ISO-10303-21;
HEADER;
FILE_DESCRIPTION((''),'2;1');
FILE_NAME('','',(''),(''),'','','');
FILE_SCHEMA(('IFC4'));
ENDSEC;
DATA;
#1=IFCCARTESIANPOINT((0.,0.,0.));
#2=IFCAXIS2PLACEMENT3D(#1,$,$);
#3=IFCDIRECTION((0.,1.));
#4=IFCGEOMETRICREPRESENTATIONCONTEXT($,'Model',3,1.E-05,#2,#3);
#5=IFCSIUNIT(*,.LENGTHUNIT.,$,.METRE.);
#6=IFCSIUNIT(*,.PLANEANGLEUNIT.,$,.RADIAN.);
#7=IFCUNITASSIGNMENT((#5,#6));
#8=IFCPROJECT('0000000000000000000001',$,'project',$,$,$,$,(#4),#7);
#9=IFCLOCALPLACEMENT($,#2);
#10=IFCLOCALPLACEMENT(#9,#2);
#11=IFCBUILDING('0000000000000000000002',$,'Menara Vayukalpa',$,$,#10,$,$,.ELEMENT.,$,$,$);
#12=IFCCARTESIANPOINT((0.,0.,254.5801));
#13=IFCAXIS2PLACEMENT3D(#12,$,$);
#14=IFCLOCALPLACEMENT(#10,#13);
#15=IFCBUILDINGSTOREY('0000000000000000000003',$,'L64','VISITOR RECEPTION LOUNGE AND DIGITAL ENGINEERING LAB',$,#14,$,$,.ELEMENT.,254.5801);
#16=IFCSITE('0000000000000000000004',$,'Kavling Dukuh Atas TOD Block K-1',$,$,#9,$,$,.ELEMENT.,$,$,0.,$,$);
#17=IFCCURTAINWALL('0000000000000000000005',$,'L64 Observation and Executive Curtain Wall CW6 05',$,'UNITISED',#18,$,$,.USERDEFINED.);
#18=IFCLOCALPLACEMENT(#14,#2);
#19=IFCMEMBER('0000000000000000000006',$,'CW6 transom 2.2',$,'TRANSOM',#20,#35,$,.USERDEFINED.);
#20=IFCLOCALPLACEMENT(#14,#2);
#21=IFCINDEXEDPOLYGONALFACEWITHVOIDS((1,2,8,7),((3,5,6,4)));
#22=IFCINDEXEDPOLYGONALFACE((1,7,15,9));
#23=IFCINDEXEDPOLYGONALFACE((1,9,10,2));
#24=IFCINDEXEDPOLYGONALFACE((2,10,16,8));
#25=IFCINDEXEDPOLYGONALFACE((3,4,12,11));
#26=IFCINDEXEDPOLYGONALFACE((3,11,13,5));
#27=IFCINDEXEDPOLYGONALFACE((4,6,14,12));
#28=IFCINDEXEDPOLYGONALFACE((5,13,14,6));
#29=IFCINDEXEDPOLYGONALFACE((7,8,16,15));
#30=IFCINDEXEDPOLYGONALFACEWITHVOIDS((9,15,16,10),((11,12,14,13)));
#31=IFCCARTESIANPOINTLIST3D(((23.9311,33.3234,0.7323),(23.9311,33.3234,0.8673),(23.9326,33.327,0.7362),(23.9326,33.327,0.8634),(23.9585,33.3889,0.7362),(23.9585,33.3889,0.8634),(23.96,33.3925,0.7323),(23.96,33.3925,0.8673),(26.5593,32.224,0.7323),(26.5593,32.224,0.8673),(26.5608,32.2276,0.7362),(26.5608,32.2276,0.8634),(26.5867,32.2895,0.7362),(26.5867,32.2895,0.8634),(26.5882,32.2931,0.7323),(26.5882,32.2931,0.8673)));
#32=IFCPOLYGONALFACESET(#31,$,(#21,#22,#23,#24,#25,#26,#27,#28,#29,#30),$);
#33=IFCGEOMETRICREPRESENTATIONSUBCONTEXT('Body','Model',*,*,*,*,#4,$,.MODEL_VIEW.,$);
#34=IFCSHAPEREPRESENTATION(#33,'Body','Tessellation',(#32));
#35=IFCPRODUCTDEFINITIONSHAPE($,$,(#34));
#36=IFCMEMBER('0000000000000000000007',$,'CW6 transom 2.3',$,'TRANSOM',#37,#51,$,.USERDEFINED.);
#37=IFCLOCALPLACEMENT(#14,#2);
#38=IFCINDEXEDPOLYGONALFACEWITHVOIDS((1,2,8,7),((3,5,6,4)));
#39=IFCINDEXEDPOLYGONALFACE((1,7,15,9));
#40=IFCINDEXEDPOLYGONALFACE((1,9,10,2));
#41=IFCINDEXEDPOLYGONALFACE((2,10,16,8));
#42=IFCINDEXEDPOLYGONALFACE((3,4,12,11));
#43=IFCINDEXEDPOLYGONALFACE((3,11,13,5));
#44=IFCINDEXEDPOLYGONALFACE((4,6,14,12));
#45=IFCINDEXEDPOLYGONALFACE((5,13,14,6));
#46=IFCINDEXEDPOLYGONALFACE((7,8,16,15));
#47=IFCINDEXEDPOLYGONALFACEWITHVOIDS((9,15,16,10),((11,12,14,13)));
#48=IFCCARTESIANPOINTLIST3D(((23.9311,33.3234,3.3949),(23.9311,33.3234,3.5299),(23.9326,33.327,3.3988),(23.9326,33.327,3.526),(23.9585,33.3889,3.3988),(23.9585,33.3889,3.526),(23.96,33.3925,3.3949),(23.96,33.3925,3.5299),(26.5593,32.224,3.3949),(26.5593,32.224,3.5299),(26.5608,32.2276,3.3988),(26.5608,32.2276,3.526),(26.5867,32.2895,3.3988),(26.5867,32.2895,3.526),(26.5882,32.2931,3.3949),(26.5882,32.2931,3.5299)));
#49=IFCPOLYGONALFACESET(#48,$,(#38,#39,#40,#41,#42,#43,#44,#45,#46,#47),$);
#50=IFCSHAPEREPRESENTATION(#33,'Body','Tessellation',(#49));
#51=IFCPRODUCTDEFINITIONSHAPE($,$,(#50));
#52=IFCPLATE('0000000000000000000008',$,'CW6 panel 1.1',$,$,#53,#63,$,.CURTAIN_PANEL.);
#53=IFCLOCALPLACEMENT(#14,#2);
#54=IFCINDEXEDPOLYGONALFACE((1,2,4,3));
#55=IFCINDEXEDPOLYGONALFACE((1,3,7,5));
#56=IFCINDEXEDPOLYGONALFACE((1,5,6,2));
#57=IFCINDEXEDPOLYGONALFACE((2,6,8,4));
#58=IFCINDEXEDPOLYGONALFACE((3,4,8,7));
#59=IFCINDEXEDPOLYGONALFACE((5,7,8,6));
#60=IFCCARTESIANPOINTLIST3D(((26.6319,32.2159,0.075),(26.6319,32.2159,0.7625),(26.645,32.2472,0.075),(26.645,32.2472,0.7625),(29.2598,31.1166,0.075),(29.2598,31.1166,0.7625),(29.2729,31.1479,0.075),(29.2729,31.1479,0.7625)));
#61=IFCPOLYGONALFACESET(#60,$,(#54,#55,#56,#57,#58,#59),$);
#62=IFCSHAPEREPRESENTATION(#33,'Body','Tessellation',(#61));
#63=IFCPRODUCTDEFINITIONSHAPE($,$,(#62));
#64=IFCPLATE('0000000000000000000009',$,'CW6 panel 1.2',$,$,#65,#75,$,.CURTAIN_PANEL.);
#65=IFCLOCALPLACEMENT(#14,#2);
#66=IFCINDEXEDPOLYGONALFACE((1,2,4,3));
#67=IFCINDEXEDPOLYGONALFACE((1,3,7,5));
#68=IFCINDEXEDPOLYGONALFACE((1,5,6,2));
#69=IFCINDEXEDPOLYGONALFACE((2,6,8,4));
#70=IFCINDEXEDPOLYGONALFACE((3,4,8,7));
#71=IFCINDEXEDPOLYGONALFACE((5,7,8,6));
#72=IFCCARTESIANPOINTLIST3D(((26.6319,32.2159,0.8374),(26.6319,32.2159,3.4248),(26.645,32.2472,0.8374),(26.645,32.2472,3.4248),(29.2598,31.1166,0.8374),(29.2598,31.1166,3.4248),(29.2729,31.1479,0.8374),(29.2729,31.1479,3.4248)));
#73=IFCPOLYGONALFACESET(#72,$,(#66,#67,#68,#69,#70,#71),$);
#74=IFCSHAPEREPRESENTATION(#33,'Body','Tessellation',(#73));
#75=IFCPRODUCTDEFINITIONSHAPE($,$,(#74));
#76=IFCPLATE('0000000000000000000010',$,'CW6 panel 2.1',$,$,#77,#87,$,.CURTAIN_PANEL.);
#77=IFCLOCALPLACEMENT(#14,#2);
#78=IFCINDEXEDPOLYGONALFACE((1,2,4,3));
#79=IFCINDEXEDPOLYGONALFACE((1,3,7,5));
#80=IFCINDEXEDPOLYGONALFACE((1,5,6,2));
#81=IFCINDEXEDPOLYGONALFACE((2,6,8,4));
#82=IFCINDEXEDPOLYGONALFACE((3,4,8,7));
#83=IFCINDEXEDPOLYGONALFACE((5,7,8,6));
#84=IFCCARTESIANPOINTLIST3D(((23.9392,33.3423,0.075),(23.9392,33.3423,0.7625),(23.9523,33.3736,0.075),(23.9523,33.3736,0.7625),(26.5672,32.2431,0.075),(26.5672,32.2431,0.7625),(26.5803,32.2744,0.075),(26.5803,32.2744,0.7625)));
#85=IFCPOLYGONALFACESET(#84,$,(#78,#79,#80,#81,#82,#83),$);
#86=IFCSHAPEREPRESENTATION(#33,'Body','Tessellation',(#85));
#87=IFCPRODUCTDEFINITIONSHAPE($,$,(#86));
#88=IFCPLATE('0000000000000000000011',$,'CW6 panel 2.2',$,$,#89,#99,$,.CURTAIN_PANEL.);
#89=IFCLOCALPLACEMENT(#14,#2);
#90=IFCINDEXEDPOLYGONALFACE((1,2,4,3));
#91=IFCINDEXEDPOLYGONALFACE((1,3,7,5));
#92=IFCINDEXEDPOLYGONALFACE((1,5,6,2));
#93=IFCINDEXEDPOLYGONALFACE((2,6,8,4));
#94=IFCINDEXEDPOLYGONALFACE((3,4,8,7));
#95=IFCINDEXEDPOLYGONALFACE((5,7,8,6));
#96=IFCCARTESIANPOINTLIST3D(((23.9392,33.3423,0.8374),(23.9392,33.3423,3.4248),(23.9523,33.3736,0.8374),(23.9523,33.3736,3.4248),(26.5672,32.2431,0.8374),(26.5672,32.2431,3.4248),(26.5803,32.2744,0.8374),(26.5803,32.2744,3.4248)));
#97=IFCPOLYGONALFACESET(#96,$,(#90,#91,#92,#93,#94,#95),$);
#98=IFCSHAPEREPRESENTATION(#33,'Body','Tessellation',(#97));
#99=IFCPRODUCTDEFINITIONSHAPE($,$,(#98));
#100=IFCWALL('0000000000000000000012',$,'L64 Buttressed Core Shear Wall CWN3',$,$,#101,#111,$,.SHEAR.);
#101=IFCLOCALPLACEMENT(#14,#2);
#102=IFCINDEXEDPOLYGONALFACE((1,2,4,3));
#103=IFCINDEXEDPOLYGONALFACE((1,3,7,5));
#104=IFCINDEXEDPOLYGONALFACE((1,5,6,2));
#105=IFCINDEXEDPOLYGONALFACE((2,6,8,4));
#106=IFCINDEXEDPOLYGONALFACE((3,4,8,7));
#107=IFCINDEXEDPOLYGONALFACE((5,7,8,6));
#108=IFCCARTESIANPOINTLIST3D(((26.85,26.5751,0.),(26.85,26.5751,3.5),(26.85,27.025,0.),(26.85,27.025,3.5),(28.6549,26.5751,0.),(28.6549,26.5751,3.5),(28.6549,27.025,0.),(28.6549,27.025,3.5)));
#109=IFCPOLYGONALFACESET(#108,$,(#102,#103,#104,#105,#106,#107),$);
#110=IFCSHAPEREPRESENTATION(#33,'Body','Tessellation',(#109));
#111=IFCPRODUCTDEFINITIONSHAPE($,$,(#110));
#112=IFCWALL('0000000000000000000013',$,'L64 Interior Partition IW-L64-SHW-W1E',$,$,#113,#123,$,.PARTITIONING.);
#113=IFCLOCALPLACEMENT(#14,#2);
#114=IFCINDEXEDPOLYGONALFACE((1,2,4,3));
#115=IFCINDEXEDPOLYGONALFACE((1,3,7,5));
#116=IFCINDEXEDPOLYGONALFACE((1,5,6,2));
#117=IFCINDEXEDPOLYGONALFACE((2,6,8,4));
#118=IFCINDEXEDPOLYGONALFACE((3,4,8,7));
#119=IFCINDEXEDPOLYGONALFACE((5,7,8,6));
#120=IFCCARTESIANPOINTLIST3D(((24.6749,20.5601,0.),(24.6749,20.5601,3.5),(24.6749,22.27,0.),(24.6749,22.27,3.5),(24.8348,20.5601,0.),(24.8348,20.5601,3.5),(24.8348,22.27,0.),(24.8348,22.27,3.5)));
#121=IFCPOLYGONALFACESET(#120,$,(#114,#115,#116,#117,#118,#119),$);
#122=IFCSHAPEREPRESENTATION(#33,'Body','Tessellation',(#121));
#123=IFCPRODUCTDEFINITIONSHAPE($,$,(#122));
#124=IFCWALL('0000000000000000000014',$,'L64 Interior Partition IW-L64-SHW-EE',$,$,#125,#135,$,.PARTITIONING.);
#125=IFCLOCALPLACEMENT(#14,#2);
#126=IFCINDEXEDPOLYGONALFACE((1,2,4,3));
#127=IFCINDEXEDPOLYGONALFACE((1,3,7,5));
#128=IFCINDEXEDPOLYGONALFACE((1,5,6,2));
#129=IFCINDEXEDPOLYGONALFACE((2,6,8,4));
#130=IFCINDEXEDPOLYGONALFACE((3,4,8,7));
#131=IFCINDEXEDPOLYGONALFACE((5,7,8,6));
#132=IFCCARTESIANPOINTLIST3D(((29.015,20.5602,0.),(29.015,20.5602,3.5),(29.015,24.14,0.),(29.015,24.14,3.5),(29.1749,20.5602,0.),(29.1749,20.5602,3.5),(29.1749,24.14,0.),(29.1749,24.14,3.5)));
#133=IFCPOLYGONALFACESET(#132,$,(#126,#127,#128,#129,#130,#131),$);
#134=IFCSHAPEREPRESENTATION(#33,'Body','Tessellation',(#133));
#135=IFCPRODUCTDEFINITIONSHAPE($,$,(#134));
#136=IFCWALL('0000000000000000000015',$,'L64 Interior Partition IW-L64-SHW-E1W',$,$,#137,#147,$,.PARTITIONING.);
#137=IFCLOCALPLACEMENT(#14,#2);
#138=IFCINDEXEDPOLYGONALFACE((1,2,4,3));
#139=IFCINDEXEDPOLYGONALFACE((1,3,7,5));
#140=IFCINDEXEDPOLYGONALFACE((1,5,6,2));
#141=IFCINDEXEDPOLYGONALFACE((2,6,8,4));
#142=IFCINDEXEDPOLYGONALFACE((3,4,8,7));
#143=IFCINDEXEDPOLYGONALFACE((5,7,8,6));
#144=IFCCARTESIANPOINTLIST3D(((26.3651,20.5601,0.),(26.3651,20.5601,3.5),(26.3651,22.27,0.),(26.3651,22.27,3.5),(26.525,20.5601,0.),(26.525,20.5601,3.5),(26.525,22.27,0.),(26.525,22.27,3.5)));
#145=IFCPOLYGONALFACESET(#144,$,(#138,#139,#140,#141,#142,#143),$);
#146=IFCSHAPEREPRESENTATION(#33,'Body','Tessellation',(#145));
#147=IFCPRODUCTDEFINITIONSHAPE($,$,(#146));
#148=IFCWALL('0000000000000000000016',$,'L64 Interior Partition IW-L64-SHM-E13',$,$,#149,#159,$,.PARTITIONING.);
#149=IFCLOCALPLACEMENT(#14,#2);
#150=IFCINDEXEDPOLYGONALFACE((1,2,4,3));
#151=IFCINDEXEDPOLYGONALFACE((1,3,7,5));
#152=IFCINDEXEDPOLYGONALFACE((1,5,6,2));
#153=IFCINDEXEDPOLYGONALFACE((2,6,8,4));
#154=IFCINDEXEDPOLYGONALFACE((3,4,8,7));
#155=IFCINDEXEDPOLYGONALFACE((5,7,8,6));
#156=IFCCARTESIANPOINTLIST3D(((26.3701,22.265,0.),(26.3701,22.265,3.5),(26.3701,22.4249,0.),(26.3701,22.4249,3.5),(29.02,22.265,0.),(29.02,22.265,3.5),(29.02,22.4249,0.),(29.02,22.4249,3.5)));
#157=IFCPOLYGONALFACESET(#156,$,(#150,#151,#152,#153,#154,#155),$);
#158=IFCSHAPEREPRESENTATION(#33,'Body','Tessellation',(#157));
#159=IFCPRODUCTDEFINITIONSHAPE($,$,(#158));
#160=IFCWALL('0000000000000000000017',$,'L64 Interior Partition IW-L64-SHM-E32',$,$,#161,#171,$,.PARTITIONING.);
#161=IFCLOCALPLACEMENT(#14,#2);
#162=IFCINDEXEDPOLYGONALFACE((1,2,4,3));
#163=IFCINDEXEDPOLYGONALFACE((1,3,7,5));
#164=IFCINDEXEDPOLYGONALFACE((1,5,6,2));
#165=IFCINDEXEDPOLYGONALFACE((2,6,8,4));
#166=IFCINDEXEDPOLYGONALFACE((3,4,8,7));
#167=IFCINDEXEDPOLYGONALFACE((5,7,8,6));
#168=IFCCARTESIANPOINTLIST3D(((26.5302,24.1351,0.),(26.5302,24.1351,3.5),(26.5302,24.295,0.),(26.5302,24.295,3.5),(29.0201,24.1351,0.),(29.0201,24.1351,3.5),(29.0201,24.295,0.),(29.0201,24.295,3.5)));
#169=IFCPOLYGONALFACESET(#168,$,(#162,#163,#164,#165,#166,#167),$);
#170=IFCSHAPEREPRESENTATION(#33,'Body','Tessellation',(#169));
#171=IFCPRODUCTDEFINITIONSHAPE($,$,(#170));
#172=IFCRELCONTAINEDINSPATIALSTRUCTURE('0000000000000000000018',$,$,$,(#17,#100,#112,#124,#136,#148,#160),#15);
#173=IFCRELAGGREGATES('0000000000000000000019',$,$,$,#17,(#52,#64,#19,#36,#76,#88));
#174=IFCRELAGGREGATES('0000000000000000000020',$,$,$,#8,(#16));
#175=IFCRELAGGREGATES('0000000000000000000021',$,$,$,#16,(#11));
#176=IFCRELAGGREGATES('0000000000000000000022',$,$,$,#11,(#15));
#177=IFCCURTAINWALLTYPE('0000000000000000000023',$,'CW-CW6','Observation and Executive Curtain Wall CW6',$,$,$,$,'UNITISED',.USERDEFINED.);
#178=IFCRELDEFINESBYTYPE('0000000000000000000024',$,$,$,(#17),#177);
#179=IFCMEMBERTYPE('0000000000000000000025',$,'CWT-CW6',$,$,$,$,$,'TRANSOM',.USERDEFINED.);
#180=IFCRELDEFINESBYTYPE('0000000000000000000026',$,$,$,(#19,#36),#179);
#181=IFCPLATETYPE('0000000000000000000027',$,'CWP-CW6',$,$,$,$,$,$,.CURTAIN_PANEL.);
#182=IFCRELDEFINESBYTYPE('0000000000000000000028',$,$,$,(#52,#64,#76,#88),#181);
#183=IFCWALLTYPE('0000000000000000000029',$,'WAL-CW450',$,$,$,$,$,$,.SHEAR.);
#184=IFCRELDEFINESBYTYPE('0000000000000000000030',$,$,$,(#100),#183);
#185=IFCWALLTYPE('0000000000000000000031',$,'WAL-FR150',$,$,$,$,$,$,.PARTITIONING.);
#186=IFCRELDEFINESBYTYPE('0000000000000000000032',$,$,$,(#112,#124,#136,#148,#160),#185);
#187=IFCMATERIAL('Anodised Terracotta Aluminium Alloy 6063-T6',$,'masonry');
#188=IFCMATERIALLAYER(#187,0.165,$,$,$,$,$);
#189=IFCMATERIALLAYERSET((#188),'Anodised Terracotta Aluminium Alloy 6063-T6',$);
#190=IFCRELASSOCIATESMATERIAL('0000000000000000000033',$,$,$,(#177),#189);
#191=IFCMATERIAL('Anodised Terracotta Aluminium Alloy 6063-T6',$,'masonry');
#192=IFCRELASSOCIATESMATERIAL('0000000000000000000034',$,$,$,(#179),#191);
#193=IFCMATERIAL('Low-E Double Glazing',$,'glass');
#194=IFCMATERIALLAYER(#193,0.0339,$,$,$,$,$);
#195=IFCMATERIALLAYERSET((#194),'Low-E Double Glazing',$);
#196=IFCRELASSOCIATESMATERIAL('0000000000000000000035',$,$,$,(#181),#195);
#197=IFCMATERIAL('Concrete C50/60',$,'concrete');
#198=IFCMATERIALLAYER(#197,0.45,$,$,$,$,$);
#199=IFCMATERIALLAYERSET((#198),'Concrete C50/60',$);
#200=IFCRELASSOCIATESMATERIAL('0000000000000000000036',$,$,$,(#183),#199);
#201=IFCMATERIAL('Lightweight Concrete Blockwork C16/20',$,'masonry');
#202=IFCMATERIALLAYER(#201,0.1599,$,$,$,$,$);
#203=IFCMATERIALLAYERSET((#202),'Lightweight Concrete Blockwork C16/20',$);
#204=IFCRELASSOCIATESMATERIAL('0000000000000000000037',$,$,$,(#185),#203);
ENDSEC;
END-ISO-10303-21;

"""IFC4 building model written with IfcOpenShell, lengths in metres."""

from ifc_helpers import new_model, si_unit, direction, frame, frame_2d, origin, origin_2d, place, context, subcontext, project, spatial, rectangle, hollow_rectangle, extrude, material, layer, layer_set, material_profile, profile_set, type_object, element, aggregate, save


model = new_model("IFC4")

# Units and contexts
model_context = context("Model", 3, precision=1e-05, world=origin(), true_north=direction((0.0, 1.0)))
body_context = subcontext(model_context, "Body", "Model", "MODEL_VIEW")
ifc_project = project(units=[si_unit("LENGTHUNIT", "METRE"), si_unit("PLANEANGLEUNIT", "RADIAN")], contexts=[model_context])

# Site, building, storey
site_placement = place(None, origin())
site = spatial("IfcSite", under=ifc_project, at=site_placement, Name="Kavling Dukuh Atas TOD Block K-1", CompositionType="ELEMENT", RefElevation=0.0)
building_placement = place(site_placement, origin())
building = spatial("IfcBuilding", under=site, at=building_placement, Name="Menara Vayukalpa", CompositionType="ELEMENT")
storey_placement = place(building_placement, frame((0.0, 0.0, 254.5801)))
storey = spatial("IfcBuildingStorey", under=building, at=storey_placement, Name="L64", Description="VISITOR RECEPTION LOUNGE AND DIGITAL ENGINEERING LAB", CompositionType="ELEMENT", Elevation=254.5801)

# Curtain wall, members, plates
ifc_material_1 = material(Name="Anodised Terracotta Aluminium Alloy 6063-T6", Category="masonry")
ifc_layer_1 = layer(ifc_material_1, 0.165)
ifc_layer_set_1 = layer_set([ifc_layer_1], Name="Anodised Terracotta Aluminium Alloy 6063-T6")
curtain_wall_type = type_object("IfcCurtainWallType", Name="CW-CW6", Description="Observation and Executive Curtain Wall CW6", ElementType="UNITISED", PredefinedType="USERDEFINED", material=ifc_layer_set_1)
curtain_wall_placement = place(storey_placement, origin())
curtain_wall = element("IfcCurtainWall", 1, at=curtain_wall_placement, inside=storey, type_object=curtain_wall_type, Name="L64 Observation and Executive Curtain Wall CW6 05", ObjectType="UNITISED", PredefinedType="USERDEFINED")
ifc_material_2 = material(Name="Anodised Terracotta Aluminium Alloy 6063-T6", Category="masonry")
ifc_material_profile_1 = material_profile(ifc_material_2, hollow_rectangle(XDim=0.075, YDim=0.135, WallThickness=0.0039, at=origin_2d()), Name="ALU 75x135x4")
ifc_profile_set_1 = profile_set([ifc_material_profile_1], Name="Anodised Terracotta Aluminium Alloy 6063-T6")
member_type_1 = type_object("IfcMemberType", Name="CWT-CW6", ElementType="TRANSOM", PredefinedType="USERDEFINED", material=ifc_profile_set_1)
member_1_placement = place(storey_placement, frame((26.5737, 32.2585, 0.7998), z_axis=(-0.922541, 0.385899, 0.0), x_axis=(-0.385899, -0.922541, 0.0)))
member_1 = element("IfcMember", 2, at=member_1_placement, type_object=member_type_1, Name="CW6 transom 2.2", ObjectType="TRANSOM", PredefinedType="USERDEFINED", context=body_context, shape_type="SweptSolid", body=[
    extrude(hollow_rectangle(XDim=0.075, YDim=0.135, WallThickness=0.0039, at=origin_2d()), origin(), (0.0, 0.0, 1.0), 2.8489),
])
member_2_placement = place(storey_placement, frame((26.5737, 32.2585, 3.4624), z_axis=(-0.922541, 0.385899, 0.0), x_axis=(-0.385899, -0.922541, 0.0)))
member_2 = element("IfcMember", 3, at=member_2_placement, type_object=member_type_1, Name="CW6 transom 2.3", ObjectType="TRANSOM", PredefinedType="USERDEFINED", context=body_context, shape_type="SweptSolid", body=[
    extrude(hollow_rectangle(XDim=0.075, YDim=0.135, WallThickness=0.0039, at=origin_2d()), origin(), (0.0, 0.0, 1.0), 2.8489),
])
ifc_material_3 = material(Name="Low-E Double Glazing", Category="glass")
ifc_layer_2 = layer(ifc_material_3, 0.0339)
ifc_layer_set_2 = layer_set([ifc_layer_2], Name="Low-E Double Glazing")
plate_type = type_object("IfcPlateType", Name="CWP-CW6", PredefinedType="CURTAIN_PANEL", material=ifc_layer_set_2)
plate_1_placement = place(storey_placement, frame((27.9524, 31.6819, 0.075), z_axis=(0.0, 0.0, 1.0), x_axis=(-0.922541, 0.3859, 0.0)))
plate_1 = element("IfcPlate", 4, at=plate_1_placement, type_object=plate_type, Name="CW6 panel 1.1", PredefinedType="CURTAIN_PANEL", context=body_context, shape_type="SweptSolid", body=[
    extrude(rectangle(XDim=2.8486, YDim=0.0339, at=origin_2d()), origin(), (0.0, 0.0, 1.0), 0.6875),
])
plate_2_placement = place(storey_placement, frame((27.9524, 31.6819, 0.8374), z_axis=(0.0, 0.0, 1.0), x_axis=(-0.922541, 0.3859, 0.0)))
plate_2 = element("IfcPlate", 5, at=plate_2_placement, type_object=plate_type, Name="CW6 panel 1.2", PredefinedType="CURTAIN_PANEL", context=body_context, shape_type="SweptSolid", body=[
    extrude(rectangle(XDim=2.8486, YDim=0.0339, at=origin_2d()), origin(), (0.0, 0.0, 1.0), 2.5874),
])
plate_3_placement = place(storey_placement, frame((25.2598, 32.8083, 0.075), z_axis=(0.0, 0.0, 1.0), x_axis=(-0.922541, 0.3859, 0.0)))
plate_3 = element("IfcPlate", 6, at=plate_3_placement, type_object=plate_type, Name="CW6 panel 2.1", PredefinedType="CURTAIN_PANEL", context=body_context, shape_type="SweptSolid", body=[
    extrude(rectangle(XDim=2.8486, YDim=0.0339, at=origin_2d()), origin(), (0.0, 0.0, 1.0), 0.6875),
])
plate_4_placement = place(storey_placement, frame((25.2598, 32.8083, 0.8374), z_axis=(0.0, 0.0, 1.0), x_axis=(-0.922541, 0.3859, 0.0)))
plate_4 = element("IfcPlate", 7, at=plate_4_placement, type_object=plate_type, Name="CW6 panel 2.2", PredefinedType="CURTAIN_PANEL", context=body_context, shape_type="SweptSolid", body=[
    extrude(rectangle(XDim=2.8486, YDim=0.0339, at=origin_2d()), origin(), (0.0, 0.0, 1.0), 2.5874),
])
aggregate(curtain_wall, [plate_1, plate_2, member_1, member_2, plate_3, plate_4])

# Walls
ifc_material_4 = material(Name="Concrete C50/60", Category="concrete")
ifc_layer_3 = layer(ifc_material_4, 0.45)
ifc_layer_set_3 = layer_set([ifc_layer_3], Name="Concrete C50/60")
wall_type_1 = type_object("IfcWallType", Name="WAL-CW450", PredefinedType="SHEAR", material=ifc_layer_set_3)
wall_1_placement = place(storey_placement, frame((26.8501, 26.8, 0.0), z_axis=(0.0, 0.0, 1.0), x_axis=(1.0, 0.0, 0.0)))
element("IfcWall", 8, at=wall_1_placement, inside=storey, type_object=wall_type_1, Name="L64 Buttressed Core Shear Wall CWN3", PredefinedType="SHEAR", context=body_context, shape_type="SweptSolid", body=[
    extrude(rectangle(XDim=1.8049, YDim=0.45, at=frame_2d((0.9023, 0.0))), origin(), (0.0, 0.0, 1.0), 3.5),
])
ifc_material_5 = material(Name="Lightweight Concrete Blockwork C16/20", Category="masonry")
ifc_layer_4 = layer(ifc_material_5, 0.1599)
ifc_layer_set_4 = layer_set([ifc_layer_4], Name="Lightweight Concrete Blockwork C16/20")
wall_type_2 = type_object("IfcWallType", Name="WAL-FR150", PredefinedType="PARTITIONING", material=ifc_layer_set_4)
wall_2_placement = place(storey_placement, frame((24.7549, 20.5601, 0.0), z_axis=(0.0, 0.0, 1.0), x_axis=(0.0, 1.0, 0.0)))
element("IfcWall", 9, at=wall_2_placement, inside=storey, type_object=wall_type_2, Name="L64 Interior Partition IW-L64-SHW-W1E", PredefinedType="PARTITIONING", context=body_context, shape_type="SweptSolid", body=[
    extrude(rectangle(XDim=1.71, YDim=0.1599, at=frame_2d((0.855, 0.0))), origin(), (0.0, 0.0, 1.0), 3.5),
])
wall_3_placement = place(storey_placement, frame((29.095, 20.5601, 0.0), z_axis=(0.0, 0.0, 1.0), x_axis=(0.0, 1.0, 0.0)))
element("IfcWall", 10, at=wall_3_placement, inside=storey, type_object=wall_type_2, Name="L64 Interior Partition IW-L64-SHW-EE", PredefinedType="PARTITIONING", context=body_context, shape_type="SweptSolid", body=[
    extrude(rectangle(XDim=3.5798, YDim=0.1599, at=frame_2d((1.79, 0.0))), origin(), (0.0, 0.0, 1.0), 3.5),
])
wall_4_placement = place(storey_placement, frame((26.4451, 20.5601, 0.0), z_axis=(0.0, 0.0, 1.0), x_axis=(0.0, 1.0, 0.0)))
element("IfcWall", 11, at=wall_4_placement, inside=storey, type_object=wall_type_2, Name="L64 Interior Partition IW-L64-SHW-E1W", PredefinedType="PARTITIONING", context=body_context, shape_type="SweptSolid", body=[
    extrude(rectangle(XDim=1.71, YDim=0.1599, at=frame_2d((0.855, 0.0))), origin(), (0.0, 0.0, 1.0), 3.5),
])
wall_5_placement = place(storey_placement, frame((26.3701, 22.345, 0.0), z_axis=(0.0, 0.0, 1.0), x_axis=(1.0, 0.0, 0.0)))
element("IfcWall", 12, at=wall_5_placement, inside=storey, type_object=wall_type_2, Name="L64 Interior Partition IW-L64-SHM-E13", PredefinedType="PARTITIONING", context=body_context, shape_type="SweptSolid", body=[
    extrude(rectangle(XDim=2.6499, YDim=0.1599, at=frame_2d((1.325, 0.0))), origin(), (0.0, 0.0, 1.0), 3.5),
])
wall_6_placement = place(storey_placement, frame((26.53, 24.2151, 0.0), z_axis=(0.0, 0.0, 1.0), x_axis=(1.0, 0.0, 0.0)))
element("IfcWall", 13, at=wall_6_placement, inside=storey, type_object=wall_type_2, Name="L64 Interior Partition IW-L64-SHM-E32", PredefinedType="PARTITIONING", context=body_context, shape_type="SweptSolid", body=[
    extrude(rectangle(XDim=2.49, YDim=0.1599, at=frame_2d((1.2451, 0.0))), origin(), (0.0, 0.0, 1.0), 3.5),
])

save(model, "model.ifc")
